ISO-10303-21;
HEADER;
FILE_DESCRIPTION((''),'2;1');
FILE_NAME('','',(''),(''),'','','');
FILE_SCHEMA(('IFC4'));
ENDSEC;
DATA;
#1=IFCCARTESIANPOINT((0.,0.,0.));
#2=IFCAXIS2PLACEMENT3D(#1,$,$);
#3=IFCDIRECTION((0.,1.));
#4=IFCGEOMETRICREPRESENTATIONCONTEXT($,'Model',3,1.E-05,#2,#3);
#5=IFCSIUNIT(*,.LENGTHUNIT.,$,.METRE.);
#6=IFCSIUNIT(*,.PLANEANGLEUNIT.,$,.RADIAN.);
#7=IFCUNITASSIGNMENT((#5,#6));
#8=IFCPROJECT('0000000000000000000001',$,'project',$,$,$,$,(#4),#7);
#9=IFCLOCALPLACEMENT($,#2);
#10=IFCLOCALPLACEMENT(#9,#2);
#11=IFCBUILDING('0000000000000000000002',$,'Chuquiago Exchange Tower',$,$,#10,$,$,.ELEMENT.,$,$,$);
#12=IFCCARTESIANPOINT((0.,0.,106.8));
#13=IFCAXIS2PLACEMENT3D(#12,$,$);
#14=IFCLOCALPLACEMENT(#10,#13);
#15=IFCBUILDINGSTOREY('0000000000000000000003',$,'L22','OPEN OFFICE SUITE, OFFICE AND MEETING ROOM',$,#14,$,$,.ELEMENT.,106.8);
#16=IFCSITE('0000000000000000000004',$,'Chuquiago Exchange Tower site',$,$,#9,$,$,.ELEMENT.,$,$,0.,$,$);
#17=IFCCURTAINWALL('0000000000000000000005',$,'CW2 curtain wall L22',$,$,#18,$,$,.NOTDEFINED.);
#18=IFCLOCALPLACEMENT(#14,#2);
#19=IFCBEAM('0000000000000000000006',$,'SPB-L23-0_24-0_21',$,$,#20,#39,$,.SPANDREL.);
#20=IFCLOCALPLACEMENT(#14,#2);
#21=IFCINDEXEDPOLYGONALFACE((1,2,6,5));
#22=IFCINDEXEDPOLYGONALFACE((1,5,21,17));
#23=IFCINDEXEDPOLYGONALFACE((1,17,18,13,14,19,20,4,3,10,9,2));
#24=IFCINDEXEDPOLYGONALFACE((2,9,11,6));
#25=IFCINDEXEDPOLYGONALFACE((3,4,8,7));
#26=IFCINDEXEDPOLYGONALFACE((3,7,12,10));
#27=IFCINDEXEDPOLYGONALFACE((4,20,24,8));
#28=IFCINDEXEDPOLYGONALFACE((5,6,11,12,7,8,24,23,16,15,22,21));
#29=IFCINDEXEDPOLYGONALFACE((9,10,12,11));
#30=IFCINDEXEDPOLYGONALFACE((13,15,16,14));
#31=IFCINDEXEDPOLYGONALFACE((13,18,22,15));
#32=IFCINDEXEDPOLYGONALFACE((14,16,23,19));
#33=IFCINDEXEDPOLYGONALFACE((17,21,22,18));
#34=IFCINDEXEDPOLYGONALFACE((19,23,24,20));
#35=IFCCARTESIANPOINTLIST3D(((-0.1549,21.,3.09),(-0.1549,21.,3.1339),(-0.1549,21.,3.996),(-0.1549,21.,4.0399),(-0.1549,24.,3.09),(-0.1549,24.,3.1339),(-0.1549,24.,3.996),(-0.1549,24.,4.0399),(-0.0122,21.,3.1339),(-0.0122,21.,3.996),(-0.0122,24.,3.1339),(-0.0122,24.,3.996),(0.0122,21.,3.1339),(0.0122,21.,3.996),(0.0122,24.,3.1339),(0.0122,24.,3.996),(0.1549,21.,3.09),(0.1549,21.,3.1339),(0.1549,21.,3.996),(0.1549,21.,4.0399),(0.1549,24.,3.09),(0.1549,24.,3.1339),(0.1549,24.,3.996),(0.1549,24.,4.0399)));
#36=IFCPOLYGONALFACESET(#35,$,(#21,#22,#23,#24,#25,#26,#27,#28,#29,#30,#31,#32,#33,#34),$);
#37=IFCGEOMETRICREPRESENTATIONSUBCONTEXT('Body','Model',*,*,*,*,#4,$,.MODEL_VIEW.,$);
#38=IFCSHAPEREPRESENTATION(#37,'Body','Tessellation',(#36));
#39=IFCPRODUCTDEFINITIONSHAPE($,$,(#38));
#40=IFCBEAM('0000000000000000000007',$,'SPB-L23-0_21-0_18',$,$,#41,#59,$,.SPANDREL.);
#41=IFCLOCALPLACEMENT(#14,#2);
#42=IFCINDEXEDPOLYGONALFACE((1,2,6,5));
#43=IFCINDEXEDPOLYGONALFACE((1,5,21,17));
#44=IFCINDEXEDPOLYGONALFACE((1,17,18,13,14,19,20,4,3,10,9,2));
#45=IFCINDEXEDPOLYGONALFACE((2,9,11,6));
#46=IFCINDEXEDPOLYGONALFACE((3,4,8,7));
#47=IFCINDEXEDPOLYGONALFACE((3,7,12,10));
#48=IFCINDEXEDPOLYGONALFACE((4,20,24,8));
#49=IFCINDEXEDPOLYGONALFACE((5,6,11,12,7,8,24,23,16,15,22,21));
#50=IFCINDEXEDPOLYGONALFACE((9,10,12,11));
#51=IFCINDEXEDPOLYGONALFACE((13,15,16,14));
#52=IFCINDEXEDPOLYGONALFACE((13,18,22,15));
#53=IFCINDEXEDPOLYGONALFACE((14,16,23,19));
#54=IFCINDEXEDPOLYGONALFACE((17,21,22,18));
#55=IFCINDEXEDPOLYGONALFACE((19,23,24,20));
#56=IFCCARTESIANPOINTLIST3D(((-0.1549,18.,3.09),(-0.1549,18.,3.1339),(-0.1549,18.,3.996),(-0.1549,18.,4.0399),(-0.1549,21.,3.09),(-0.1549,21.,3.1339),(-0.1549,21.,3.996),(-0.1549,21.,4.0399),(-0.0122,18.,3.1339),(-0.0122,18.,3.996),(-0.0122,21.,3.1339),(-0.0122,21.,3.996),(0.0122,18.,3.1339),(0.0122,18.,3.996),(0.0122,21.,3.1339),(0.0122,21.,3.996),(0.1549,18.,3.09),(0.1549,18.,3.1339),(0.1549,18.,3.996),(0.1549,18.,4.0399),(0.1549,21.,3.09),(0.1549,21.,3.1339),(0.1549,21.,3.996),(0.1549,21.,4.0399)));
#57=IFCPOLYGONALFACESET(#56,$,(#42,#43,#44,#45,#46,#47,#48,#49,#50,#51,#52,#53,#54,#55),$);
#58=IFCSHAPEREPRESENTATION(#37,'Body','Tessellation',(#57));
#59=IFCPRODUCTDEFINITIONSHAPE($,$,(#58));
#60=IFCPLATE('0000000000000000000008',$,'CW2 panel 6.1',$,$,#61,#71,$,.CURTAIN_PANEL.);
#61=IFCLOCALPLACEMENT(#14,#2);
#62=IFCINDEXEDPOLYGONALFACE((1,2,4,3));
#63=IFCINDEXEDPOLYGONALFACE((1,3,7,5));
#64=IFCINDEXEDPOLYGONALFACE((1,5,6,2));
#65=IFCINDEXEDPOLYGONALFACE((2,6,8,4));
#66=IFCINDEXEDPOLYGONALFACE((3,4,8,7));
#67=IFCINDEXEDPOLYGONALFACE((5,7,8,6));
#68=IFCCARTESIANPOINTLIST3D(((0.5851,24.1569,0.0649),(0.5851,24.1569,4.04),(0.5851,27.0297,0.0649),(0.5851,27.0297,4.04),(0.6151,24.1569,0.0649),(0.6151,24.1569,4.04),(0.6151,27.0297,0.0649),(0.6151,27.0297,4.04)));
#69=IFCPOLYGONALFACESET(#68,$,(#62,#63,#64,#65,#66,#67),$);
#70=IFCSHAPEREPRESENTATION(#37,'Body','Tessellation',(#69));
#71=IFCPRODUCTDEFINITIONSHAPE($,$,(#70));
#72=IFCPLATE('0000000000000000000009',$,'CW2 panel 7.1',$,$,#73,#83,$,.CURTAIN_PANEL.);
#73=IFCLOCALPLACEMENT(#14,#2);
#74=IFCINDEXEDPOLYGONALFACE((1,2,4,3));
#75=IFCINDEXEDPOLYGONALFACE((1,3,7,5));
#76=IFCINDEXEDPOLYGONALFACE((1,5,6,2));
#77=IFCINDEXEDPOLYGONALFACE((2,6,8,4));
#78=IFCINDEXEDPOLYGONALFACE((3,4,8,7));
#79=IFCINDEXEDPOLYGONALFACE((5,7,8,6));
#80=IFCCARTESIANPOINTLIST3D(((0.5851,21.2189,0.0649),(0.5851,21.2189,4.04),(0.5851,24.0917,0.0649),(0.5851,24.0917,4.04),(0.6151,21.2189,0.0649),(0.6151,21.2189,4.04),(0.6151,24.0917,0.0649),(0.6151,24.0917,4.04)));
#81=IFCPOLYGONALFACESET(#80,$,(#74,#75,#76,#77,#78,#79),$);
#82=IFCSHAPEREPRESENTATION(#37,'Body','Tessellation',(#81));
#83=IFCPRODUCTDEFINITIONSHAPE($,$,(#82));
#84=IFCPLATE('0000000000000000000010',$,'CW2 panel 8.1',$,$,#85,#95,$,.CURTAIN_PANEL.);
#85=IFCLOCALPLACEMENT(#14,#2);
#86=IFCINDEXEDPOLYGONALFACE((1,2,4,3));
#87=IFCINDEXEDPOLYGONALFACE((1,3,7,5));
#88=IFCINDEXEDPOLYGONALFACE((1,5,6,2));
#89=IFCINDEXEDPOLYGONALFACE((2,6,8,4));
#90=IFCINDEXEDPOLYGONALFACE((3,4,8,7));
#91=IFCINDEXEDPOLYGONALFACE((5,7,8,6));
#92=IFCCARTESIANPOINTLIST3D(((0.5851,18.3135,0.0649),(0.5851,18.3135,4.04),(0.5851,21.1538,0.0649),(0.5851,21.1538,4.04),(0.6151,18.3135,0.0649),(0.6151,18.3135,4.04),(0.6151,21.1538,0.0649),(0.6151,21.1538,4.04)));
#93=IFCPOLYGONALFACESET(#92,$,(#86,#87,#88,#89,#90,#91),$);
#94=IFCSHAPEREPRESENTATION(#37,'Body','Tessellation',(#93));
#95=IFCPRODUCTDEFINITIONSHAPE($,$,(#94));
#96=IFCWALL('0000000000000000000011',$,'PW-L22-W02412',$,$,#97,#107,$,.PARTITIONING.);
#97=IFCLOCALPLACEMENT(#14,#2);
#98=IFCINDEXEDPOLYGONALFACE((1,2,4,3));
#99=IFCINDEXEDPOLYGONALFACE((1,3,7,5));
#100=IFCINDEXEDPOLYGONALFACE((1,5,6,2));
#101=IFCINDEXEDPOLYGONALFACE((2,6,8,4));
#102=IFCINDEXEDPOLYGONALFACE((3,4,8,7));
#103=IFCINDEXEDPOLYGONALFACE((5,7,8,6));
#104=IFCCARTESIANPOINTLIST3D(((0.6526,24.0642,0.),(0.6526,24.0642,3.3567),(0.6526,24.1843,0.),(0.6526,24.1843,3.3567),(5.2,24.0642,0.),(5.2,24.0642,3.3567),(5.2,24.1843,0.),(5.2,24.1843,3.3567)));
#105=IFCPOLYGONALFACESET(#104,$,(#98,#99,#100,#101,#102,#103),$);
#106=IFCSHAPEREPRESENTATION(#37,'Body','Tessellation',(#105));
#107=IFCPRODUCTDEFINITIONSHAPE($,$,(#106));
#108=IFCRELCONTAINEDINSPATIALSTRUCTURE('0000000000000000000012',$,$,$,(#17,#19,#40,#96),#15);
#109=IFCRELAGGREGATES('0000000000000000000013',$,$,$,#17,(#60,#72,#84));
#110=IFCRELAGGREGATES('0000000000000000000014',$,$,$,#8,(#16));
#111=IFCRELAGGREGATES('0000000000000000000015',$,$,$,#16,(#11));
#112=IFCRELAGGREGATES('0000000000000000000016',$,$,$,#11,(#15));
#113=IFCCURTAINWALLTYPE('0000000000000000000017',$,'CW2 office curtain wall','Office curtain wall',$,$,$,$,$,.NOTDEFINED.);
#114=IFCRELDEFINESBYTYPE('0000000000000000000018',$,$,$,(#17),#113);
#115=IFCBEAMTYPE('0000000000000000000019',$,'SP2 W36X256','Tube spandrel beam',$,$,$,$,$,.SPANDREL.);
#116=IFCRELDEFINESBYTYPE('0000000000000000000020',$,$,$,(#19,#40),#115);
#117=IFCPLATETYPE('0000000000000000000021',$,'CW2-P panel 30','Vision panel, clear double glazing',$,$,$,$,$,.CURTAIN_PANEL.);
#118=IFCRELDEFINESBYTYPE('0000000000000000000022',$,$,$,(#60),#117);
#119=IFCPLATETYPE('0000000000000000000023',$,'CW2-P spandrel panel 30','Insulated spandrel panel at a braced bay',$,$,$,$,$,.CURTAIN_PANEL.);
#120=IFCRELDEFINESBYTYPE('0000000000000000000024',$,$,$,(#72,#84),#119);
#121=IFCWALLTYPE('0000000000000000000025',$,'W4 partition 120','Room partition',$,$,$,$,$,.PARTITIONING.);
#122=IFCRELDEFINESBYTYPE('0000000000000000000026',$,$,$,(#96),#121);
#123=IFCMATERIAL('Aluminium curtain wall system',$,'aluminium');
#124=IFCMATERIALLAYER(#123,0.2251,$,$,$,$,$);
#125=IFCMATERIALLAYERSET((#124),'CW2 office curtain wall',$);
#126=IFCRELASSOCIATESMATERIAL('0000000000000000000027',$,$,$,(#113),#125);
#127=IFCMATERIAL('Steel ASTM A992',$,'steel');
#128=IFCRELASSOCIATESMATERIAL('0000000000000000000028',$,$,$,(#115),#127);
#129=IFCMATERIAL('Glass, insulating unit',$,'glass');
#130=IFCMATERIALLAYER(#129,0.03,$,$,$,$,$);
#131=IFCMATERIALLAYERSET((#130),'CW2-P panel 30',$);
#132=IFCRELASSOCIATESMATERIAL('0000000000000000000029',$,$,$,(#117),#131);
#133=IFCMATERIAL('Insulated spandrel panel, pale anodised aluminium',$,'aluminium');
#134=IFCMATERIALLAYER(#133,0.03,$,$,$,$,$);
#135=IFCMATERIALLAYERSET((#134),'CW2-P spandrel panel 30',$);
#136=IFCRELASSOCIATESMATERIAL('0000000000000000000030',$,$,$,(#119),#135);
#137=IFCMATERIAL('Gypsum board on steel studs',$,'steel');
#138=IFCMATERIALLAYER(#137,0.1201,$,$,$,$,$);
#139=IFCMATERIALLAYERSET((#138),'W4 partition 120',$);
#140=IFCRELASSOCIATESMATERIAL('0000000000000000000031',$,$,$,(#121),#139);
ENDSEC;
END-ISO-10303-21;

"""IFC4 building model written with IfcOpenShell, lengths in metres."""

from ifc_helpers import new_model, si_unit, direction, frame, frame_2d, origin, origin_2d, place, context, subcontext, project, spatial, rectangle, i_section, extrude, material, layer, layer_set, material_profile, profile_set, type_object, element, aggregate, save


model = new_model("IFC4")

# Units and contexts
model_context = context("Model", 3, precision=1e-05, world=origin(), true_north=direction((0.0, 1.0)))
body_context = subcontext(model_context, "Body", "Model", "MODEL_VIEW")
ifc_project = project(units=[si_unit("LENGTHUNIT", "METRE"), si_unit("PLANEANGLEUNIT", "RADIAN")], contexts=[model_context])

# Site, building, storey
site_placement = place(None, origin())
site = spatial("IfcSite", under=ifc_project, at=site_placement, Name="Chuquiago Exchange Tower site", CompositionType="ELEMENT", RefElevation=0.0)
building_placement = place(site_placement, origin())
building = spatial("IfcBuilding", under=site, at=building_placement, Name="Chuquiago Exchange Tower", CompositionType="ELEMENT")
storey_placement = place(building_placement, frame((0.0, 0.0, 106.8)))
storey = spatial("IfcBuildingStorey", under=building, at=storey_placement, Name="L22", Description="OPEN OFFICE SUITE, OFFICE AND MEETING ROOM", CompositionType="ELEMENT", Elevation=106.8)

# Curtain wall
ifc_material_1 = material(Name="Aluminium curtain wall system", Category="aluminium")
ifc_layer_1 = layer(ifc_material_1, 0.2251)
ifc_layer_set_1 = layer_set([ifc_layer_1], Name="CW2 office curtain wall")
curtain_wall_type = type_object("IfcCurtainWallType", Name="CW2 office curtain wall", Description="Office curtain wall", PredefinedType="NOTDEFINED", material=ifc_layer_set_1)
curtain_wall_placement = place(storey_placement, origin())
curtain_wall = element("IfcCurtainWall", 1, at=curtain_wall_placement, inside=storey, type_object=curtain_wall_type, Name="CW2 curtain wall L22", PredefinedType="NOTDEFINED")

# Beams
ifc_material_2 = material(Name="Steel ASTM A992", Category="steel")
ifc_material_profile_1 = material_profile(ifc_material_2, i_section(OverallWidth=0.3098, OverallDepth=0.95, WebThickness=0.0244, FlangeThickness=0.0439, at=origin_2d()), Name="W36X256")
ifc_profile_set_1 = profile_set([ifc_material_profile_1], Name="Steel ASTM A992")
beam_type = type_object("IfcBeamType", Name="SP2 W36X256", Description="Tube spandrel beam", PredefinedType="SPANDREL", material=ifc_profile_set_1)
for number, where, z_axis, x_axis, name in (
    (2, (0.0, 24.0, 3.5649), (0.0, -1.0, 0.0), (1.0, 0.0, 0.0), "SPB-L23-0_24-0_21"),
    (3, (0.0, 21.0, 3.5649), (0.0, -1.0, 0.0), (1.0, 0.0, 0.0), "SPB-L23-0_21-0_18"),
):
    element("IfcBeam", number, at=place(storey_placement, frame(where, z_axis=z_axis, x_axis=x_axis)), inside=storey, type_object=beam_type, Name=name, PredefinedType="SPANDREL", context=body_context, shape_type="SweptSolid", body=[
        extrude(i_section(OverallWidth=0.3098, OverallDepth=0.95, WebThickness=0.0244, FlangeThickness=0.0439, at=origin_2d()), origin(), (0.0, 0.0, 1.0), 3.0),
    ])

# Plates
ifc_material_3 = material(Name="Glass, insulating unit", Category="glass")
ifc_layer_2 = layer(ifc_material_3, 0.03)
ifc_layer_set_2 = layer_set([ifc_layer_2], Name="CW2-P panel 30")
plate_type_1 = type_object("IfcPlateType", Name="CW2-P panel 30", Description="Vision panel, clear double glazing", PredefinedType="CURTAIN_PANEL", material=ifc_layer_set_2)
plate_1_placement = place(storey_placement, frame((0.6001, 25.5933, 0.0649), z_axis=(0.0, 0.0, 1.0), x_axis=(0.0, -1.0, 0.0)))
plate_1 = element("IfcPlate", 4, at=plate_1_placement, type_object=plate_type_1, Name="CW2 panel 6.1", PredefinedType="CURTAIN_PANEL", context=body_context, shape_type="SweptSolid", body=[
    extrude(rectangle(XDim=2.8728, YDim=0.03, at=origin_2d()), origin(), (0.0, 0.0, 1.0), 3.9751),
])
ifc_material_4 = material(Name="Insulated spandrel panel, pale anodised aluminium", Category="aluminium")
ifc_layer_3 = layer(ifc_material_4, 0.03)
ifc_layer_set_3 = layer_set([ifc_layer_3], Name="CW2-P spandrel panel 30")
plate_type_2 = type_object("IfcPlateType", Name="CW2-P spandrel panel 30", Description="Insulated spandrel panel at a braced bay", PredefinedType="CURTAIN_PANEL", material=ifc_layer_set_3)
plate_2_placement = place(storey_placement, frame((0.6001, 22.6553, 0.0649), z_axis=(0.0, 0.0, 1.0), x_axis=(0.0, -1.0, 0.0)))
plate_2 = element("IfcPlate", 5, at=plate_2_placement, type_object=plate_type_2, Name="CW2 panel 7.1", PredefinedType="CURTAIN_PANEL", context=body_context, shape_type="SweptSolid", body=[
    extrude(rectangle(XDim=2.8728, YDim=0.03, at=origin_2d()), origin(), (0.0, 0.0, 1.0), 3.9751),
])
plate_3_placement = place(storey_placement, frame((0.6001, 19.7336, 0.0649), z_axis=(0.0, 0.0, 1.0), x_axis=(0.0, -1.0, 0.0)))
plate_3 = element("IfcPlate", 6, at=plate_3_placement, type_object=plate_type_2, Name="CW2 panel 8.1", PredefinedType="CURTAIN_PANEL", context=body_context, shape_type="SweptSolid", body=[
    extrude(rectangle(XDim=2.8403, YDim=0.03, at=origin_2d()), origin(), (0.0, 0.0, 1.0), 3.9751),
])
aggregate(curtain_wall, [plate_1, plate_2, plate_3])

# Wall
ifc_material_5 = material(Name="Gypsum board on steel studs", Category="steel")
ifc_layer_4 = layer(ifc_material_5, 0.1201)
ifc_layer_set_4 = layer_set([ifc_layer_4], Name="W4 partition 120")
wall_type = type_object("IfcWallType", Name="W4 partition 120", Description="Room partition", PredefinedType="PARTITIONING", material=ifc_layer_set_4)
wall_1_placement = place(storey_placement, frame((0.6526, 24.1243, 0.0), z_axis=(0.0, 0.0, 1.0), x_axis=(1.0, 0.0, 0.0)))
element("IfcWall", 7, at=wall_1_placement, inside=storey, type_object=wall_type, Name="PW-L22-W02412", PredefinedType="PARTITIONING", context=body_context, shape_type="SweptSolid", body=[
    extrude(rectangle(XDim=4.5474, YDim=0.1201, at=frame_2d((2.2737, 0.0))), origin(), (0.0, 0.0, 1.0), 3.3567),
])

save(model, "model.ifc")
